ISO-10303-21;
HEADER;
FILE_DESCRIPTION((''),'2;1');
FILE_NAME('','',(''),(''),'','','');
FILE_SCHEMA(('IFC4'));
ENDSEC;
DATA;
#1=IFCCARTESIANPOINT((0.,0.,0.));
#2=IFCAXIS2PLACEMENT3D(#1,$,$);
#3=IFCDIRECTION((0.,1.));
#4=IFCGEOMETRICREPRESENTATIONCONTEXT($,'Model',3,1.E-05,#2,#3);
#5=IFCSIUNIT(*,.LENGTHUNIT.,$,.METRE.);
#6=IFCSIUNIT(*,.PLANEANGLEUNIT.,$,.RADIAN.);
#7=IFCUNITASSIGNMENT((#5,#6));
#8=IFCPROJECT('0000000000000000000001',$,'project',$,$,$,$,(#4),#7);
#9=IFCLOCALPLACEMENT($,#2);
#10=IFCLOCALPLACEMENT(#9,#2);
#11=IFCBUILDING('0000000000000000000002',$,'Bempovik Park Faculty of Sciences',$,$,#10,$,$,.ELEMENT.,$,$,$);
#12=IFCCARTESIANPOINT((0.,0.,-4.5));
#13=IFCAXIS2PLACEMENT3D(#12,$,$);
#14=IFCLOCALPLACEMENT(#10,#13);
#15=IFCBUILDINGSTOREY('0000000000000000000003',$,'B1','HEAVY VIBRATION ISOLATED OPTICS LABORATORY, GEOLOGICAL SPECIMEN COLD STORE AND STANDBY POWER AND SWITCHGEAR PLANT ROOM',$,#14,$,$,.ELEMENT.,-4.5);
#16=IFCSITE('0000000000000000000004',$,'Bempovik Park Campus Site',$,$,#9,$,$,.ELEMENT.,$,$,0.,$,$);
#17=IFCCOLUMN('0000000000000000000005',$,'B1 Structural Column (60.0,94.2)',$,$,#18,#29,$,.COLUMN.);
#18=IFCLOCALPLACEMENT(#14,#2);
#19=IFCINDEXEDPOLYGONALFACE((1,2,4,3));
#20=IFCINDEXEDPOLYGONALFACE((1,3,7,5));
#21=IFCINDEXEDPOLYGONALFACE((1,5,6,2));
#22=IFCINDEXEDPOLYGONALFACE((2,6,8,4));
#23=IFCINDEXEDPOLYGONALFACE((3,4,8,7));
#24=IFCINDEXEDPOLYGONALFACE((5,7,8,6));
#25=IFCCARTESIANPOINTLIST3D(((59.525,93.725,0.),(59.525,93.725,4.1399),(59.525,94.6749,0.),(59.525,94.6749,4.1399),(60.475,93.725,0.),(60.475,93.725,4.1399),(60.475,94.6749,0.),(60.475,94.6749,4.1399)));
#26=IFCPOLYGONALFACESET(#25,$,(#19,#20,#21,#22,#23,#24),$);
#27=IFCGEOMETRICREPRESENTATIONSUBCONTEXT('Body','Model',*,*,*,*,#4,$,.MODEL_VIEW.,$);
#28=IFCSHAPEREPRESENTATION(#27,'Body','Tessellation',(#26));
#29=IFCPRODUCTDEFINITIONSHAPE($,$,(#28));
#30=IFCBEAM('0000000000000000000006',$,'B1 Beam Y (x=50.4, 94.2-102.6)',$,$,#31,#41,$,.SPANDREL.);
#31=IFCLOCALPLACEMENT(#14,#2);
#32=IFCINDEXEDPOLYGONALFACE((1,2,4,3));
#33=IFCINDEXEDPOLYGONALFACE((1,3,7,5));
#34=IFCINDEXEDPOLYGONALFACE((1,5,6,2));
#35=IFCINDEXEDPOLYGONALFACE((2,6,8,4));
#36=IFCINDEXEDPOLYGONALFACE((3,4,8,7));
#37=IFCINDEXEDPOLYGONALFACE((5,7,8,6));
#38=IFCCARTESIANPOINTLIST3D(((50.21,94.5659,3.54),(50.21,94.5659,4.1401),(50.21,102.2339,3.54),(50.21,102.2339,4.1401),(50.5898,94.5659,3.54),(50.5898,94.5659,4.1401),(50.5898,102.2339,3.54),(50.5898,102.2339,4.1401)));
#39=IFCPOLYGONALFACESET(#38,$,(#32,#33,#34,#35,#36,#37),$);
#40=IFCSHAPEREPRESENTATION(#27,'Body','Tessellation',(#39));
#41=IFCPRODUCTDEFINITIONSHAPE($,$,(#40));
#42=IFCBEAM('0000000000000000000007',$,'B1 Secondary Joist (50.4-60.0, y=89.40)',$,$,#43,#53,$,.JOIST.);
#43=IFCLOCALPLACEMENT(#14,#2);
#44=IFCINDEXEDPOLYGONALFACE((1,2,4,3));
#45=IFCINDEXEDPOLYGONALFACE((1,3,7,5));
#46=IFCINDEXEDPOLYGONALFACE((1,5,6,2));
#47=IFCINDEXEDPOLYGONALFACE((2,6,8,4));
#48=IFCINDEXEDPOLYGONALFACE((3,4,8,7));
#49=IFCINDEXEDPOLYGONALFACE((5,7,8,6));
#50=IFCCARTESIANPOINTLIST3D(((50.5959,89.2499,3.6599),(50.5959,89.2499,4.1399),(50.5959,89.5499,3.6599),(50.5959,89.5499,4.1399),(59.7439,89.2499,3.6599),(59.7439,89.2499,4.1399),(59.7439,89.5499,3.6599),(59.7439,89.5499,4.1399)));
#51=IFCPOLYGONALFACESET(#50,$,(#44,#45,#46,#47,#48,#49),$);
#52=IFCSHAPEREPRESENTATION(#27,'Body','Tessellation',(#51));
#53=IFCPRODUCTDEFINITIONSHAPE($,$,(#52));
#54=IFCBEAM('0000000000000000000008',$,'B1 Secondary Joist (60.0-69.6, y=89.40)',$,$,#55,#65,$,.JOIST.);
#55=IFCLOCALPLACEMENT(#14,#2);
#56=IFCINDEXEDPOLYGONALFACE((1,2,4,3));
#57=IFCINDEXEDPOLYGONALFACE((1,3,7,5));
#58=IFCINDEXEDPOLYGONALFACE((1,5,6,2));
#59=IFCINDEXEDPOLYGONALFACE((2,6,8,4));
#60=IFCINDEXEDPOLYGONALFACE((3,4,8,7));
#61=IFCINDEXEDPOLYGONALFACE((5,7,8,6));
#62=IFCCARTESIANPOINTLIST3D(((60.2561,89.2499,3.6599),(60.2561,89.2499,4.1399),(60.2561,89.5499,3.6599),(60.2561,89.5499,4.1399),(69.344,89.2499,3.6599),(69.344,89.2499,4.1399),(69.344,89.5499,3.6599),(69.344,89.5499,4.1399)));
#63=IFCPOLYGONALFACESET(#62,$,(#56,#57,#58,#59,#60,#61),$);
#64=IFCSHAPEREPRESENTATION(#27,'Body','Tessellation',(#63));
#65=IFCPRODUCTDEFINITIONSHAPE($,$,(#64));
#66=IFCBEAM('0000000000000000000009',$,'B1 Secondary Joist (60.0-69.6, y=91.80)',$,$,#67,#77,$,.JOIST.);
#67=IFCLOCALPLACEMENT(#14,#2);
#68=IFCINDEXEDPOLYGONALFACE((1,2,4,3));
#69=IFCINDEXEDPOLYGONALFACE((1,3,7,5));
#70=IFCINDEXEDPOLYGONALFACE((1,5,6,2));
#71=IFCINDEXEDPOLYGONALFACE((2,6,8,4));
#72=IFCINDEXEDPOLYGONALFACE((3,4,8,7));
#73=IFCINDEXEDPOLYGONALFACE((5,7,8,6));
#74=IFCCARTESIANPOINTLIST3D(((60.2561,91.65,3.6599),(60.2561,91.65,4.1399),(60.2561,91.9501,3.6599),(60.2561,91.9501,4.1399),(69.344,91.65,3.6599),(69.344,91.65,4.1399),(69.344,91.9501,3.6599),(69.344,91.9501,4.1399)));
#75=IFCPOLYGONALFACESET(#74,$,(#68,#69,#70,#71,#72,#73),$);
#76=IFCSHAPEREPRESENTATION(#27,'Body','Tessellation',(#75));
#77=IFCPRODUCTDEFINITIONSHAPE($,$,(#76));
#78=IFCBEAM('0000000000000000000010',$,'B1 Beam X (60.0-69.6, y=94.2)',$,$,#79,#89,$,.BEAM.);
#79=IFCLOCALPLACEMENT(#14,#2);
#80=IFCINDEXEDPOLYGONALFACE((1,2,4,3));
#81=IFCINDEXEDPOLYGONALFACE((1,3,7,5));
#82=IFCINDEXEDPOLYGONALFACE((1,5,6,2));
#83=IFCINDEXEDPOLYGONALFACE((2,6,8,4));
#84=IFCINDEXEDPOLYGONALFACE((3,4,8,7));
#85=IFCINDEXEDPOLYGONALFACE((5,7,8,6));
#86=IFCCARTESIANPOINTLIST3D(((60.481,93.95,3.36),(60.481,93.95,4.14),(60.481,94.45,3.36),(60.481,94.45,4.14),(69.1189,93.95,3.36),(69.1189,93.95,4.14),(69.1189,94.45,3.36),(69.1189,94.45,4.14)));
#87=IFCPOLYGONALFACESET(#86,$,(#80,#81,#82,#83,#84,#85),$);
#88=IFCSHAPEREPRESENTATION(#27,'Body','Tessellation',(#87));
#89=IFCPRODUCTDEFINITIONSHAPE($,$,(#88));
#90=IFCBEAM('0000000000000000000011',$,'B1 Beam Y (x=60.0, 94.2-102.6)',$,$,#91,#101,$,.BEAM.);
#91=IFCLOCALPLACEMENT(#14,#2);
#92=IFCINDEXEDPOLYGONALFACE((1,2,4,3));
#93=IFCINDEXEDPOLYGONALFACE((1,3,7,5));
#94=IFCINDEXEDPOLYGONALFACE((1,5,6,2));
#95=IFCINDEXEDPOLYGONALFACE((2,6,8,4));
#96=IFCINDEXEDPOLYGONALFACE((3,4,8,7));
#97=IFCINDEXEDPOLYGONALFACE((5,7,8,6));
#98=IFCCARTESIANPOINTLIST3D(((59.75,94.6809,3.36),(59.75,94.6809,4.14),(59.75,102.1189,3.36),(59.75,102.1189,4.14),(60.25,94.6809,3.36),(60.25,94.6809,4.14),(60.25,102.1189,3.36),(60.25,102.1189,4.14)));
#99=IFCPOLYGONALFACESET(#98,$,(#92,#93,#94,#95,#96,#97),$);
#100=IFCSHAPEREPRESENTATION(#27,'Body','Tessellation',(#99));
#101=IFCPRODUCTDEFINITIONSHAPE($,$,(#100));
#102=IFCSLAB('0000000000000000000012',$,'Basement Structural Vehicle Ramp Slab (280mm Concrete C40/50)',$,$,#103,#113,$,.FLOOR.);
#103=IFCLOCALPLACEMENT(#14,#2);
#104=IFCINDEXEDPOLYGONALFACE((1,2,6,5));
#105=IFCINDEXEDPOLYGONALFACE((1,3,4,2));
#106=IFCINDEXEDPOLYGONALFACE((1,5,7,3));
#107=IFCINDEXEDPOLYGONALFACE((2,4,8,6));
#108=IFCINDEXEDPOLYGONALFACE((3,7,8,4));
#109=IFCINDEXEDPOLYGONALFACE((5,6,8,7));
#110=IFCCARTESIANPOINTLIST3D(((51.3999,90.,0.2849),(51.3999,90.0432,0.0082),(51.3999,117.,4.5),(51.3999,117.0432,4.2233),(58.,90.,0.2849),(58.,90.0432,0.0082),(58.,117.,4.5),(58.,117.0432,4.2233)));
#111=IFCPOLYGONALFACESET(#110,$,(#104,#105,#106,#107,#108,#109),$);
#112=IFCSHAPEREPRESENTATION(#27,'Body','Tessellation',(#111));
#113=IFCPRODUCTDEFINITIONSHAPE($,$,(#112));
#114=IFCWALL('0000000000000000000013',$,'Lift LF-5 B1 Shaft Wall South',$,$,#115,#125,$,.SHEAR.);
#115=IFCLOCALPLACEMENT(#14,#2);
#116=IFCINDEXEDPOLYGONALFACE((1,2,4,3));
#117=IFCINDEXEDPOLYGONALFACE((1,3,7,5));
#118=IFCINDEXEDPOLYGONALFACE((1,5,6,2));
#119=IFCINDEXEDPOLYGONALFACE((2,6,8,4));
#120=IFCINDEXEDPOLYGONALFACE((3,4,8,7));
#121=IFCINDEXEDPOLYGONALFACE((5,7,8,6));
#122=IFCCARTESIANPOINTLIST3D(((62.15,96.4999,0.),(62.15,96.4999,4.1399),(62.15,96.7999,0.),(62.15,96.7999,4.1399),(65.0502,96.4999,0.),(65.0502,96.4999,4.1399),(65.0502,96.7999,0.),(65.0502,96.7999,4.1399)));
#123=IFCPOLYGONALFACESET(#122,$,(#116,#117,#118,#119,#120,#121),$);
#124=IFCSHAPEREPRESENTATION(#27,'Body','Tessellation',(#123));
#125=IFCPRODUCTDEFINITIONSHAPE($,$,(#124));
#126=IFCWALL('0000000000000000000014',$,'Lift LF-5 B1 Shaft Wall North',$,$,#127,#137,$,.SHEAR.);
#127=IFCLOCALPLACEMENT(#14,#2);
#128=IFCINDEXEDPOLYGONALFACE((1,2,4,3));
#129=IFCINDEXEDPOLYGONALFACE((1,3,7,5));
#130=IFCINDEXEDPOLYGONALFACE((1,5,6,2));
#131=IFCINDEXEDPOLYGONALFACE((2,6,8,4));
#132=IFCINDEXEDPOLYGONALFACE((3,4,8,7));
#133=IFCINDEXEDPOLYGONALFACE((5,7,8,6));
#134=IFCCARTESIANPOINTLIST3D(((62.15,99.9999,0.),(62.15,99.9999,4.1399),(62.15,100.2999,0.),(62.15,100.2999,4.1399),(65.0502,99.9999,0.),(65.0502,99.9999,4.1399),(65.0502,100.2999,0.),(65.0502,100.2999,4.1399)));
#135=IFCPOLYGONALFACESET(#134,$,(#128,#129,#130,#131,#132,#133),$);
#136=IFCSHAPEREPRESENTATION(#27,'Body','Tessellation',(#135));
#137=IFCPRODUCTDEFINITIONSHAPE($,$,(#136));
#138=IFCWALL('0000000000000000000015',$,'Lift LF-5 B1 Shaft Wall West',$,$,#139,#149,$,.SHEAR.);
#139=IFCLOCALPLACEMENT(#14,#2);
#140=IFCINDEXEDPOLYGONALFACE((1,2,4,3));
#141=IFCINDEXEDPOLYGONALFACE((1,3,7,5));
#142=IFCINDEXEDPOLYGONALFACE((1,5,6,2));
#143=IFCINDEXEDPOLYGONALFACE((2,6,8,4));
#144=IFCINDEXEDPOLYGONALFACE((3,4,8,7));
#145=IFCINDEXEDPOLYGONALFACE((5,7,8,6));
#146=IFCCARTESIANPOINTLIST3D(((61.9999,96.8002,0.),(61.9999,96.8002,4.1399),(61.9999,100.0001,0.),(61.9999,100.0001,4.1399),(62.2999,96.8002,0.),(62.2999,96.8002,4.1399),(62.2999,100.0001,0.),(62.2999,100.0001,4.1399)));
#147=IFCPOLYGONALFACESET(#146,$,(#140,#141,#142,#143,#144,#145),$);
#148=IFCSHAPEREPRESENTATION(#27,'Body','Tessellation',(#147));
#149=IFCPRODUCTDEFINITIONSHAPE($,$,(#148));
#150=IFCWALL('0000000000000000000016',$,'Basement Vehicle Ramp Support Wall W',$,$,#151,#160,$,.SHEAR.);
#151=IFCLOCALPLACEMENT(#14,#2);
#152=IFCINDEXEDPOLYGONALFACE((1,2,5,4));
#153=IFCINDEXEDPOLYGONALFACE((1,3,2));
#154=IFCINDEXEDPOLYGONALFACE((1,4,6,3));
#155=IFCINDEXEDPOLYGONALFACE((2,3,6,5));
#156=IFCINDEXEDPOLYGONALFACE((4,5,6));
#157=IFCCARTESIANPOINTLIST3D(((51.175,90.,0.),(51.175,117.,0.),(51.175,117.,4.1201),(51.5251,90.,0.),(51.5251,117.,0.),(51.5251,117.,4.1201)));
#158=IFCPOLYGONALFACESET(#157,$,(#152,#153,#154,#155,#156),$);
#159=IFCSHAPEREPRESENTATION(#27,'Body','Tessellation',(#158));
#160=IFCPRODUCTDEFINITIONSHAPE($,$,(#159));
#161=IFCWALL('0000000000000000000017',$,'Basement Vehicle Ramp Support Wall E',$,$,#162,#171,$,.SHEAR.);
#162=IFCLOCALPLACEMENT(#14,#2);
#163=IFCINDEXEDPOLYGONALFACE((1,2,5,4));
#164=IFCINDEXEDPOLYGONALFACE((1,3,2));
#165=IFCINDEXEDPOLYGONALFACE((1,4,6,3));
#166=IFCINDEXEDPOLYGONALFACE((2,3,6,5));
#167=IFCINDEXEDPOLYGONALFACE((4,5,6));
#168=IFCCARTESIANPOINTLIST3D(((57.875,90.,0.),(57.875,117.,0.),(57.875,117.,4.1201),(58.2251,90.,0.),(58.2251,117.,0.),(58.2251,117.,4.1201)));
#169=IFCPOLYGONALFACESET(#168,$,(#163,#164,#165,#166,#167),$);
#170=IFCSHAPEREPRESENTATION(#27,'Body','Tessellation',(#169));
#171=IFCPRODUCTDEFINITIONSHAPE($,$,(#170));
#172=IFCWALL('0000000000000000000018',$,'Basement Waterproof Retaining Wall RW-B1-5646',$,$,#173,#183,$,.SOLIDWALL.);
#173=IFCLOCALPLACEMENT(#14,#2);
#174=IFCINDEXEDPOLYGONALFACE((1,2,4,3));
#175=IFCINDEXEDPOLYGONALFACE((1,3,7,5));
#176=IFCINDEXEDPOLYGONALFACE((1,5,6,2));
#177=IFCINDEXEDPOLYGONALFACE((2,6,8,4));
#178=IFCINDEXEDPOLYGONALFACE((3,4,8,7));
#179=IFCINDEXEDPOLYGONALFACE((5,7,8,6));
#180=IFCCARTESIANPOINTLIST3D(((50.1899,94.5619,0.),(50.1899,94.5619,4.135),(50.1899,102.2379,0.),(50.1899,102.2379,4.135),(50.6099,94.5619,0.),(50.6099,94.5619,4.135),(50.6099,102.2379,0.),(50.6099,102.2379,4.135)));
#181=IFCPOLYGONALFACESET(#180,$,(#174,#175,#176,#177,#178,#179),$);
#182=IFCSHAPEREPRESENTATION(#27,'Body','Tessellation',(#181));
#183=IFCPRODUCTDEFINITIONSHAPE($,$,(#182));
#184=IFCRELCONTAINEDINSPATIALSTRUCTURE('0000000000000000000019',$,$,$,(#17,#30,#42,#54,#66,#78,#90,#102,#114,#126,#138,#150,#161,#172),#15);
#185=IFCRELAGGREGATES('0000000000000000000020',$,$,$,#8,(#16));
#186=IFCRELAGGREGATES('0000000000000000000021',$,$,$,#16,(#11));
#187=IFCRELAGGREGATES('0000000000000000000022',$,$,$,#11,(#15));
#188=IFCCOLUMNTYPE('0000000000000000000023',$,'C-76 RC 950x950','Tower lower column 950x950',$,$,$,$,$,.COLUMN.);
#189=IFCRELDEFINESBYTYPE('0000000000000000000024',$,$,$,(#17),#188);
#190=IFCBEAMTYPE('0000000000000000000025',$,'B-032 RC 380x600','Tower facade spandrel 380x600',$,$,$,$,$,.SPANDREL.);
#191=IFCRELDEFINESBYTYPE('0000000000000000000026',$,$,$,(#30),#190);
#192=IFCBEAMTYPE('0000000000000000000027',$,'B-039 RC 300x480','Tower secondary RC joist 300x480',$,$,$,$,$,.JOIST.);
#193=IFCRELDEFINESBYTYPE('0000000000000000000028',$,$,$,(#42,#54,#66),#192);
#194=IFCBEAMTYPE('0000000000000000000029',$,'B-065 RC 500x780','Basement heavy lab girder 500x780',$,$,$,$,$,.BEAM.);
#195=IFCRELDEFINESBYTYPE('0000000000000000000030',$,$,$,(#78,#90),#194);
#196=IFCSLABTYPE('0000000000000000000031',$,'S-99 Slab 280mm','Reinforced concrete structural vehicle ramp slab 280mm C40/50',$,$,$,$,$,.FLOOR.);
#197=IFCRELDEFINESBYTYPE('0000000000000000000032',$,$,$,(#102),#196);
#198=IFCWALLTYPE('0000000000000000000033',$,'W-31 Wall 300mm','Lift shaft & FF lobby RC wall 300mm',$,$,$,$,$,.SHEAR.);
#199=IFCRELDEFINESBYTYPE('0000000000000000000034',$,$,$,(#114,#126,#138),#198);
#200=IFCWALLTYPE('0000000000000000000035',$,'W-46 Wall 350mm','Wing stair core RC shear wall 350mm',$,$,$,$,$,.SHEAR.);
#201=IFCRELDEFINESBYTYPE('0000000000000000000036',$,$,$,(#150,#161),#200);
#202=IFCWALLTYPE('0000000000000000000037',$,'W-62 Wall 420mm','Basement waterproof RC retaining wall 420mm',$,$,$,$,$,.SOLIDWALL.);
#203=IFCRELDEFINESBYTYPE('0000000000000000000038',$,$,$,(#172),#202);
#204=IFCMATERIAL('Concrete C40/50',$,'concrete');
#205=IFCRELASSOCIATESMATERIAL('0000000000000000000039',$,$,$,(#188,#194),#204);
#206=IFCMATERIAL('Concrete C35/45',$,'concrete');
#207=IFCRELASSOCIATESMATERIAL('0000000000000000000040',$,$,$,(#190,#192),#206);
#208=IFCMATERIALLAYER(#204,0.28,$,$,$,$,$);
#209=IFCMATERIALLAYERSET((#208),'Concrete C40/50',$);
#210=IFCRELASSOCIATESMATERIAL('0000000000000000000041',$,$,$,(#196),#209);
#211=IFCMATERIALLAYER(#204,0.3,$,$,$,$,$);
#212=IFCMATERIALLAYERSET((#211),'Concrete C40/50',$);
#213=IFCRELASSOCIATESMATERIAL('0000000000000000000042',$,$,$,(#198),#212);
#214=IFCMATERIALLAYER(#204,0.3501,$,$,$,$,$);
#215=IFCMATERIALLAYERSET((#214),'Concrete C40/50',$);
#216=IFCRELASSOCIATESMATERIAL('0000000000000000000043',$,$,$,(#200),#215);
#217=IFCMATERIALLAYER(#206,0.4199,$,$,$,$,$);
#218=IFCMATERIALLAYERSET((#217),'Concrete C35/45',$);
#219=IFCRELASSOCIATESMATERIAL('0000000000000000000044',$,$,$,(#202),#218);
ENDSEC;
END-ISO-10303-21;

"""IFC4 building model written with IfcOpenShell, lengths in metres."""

from ifc_helpers import new_model, si_unit, direction, frame, frame_2d, origin, origin_2d, place, context, subcontext, project, spatial, polyline, rectangle, outline, extrude, material, layer, layer_set, material_profile, profile_set, type_object, element, save


model = new_model("IFC4")

# Units and contexts
model_context = context("Model", 3, precision=1e-05, world=origin(), true_north=direction((0.0, 1.0)))
body_context = subcontext(model_context, "Body", "Model", "MODEL_VIEW")
ifc_project = project(units=[si_unit("LENGTHUNIT", "METRE"), si_unit("PLANEANGLEUNIT", "RADIAN")], contexts=[model_context])

# Site, building, storey
site_placement = place(None, origin())
site = spatial("IfcSite", under=ifc_project, at=site_placement, Name="Bempovik Park Campus Site", CompositionType="ELEMENT", RefElevation=0.0)
building_placement = place(site_placement, origin())
building = spatial("IfcBuilding", under=site, at=building_placement, Name="Bempovik Park Faculty of Sciences", CompositionType="ELEMENT")
storey_placement = place(building_placement, frame((0.0, 0.0, -4.5)))
storey = spatial("IfcBuildingStorey", under=building, at=storey_placement, Name="B1", Description="HEAVY VIBRATION ISOLATED OPTICS LABORATORY, GEOLOGICAL SPECIMEN COLD STORE AND STANDBY POWER AND SWITCHGEAR PLANT ROOM", CompositionType="ELEMENT", Elevation=-4.5)

# Shared definitions
ifc_material_1 = material(Name="Concrete C35/45", Category="concrete")

# Column
ifc_material_2 = material(Name="Concrete C40/50", Category="concrete")
ifc_material_profile_1 = material_profile(ifc_material_2, rectangle(XDim=0.95, YDim=0.95, at=origin_2d()), Name="RC 950x950")
ifc_profile_set_1 = profile_set([ifc_material_profile_1], Name="Concrete C40/50")
column_type_1 = type_object("IfcColumnType", Name="C-76 RC 950x950", Description="Tower lower column 950x950", PredefinedType="COLUMN", material=ifc_profile_set_1)
column_1_placement = place(storey_placement, frame((60.0, 94.2, 0.0), z_axis=(0.0, 0.0, 1.0), x_axis=(1.0, 0.0, 0.0)))
element("IfcColumn", 1, at=column_1_placement, inside=storey, type_object=column_type_1, Name="B1 Structural Column (60.0,94.2)", PredefinedType="COLUMN", context=body_context, shape_type="SweptSolid", body=[
    extrude(rectangle(XDim=0.95, YDim=0.95, at=origin_2d()), origin(), (0.0, 0.0, 1.0), 4.1399),
])

# Beams
ifc_material_profile_2 = material_profile(ifc_material_1, rectangle(XDim=0.3799, YDim=0.6001, at=origin_2d()), Name="RC 380x600")
ifc_profile_set_2 = profile_set([ifc_material_profile_2], Name="Concrete C35/45")
beam_type_1 = type_object("IfcBeamType", Name="B-032 RC 380x600", Description="Tower facade spandrel 380x600", PredefinedType="SPANDREL", material=ifc_profile_set_2)
beam_1_placement = place(storey_placement, frame((50.3999, 94.5659, 3.8401), z_axis=(0.0, 1.0, 0.0), x_axis=(-1.0, 0.0, 0.0)))
element("IfcBeam", 2, at=beam_1_placement, inside=storey, type_object=beam_type_1, Name="B1 Beam Y (x=50.4, 94.2-102.6)", PredefinedType="SPANDREL", context=body_context, shape_type="SweptSolid", body=[
    extrude(rectangle(XDim=0.3799, YDim=0.6001, at=origin_2d()), origin(), (0.0, 0.0, 1.0), 7.668),
])
ifc_material_profile_3 = material_profile(ifc_material_1, rectangle(XDim=0.3, YDim=0.48, at=origin_2d()), Name="RC 300x480")
ifc_profile_set_3 = profile_set([ifc_material_profile_3], Name="Concrete C35/45")
beam_type_2 = type_object("IfcBeamType", Name="B-039 RC 300x480", Description="Tower secondary RC joist 300x480", PredefinedType="JOIST", material=ifc_profile_set_3)
beam_2_placement = place(storey_placement, frame((50.5959, 89.3999, 3.8999), z_axis=(1.0, 0.0, 0.0), x_axis=(0.0, 1.0, 0.0)))
element("IfcBeam", 3, at=beam_2_placement, inside=storey, type_object=beam_type_2, Name="B1 Secondary Joist (50.4-60.0, y=89.40)", PredefinedType="JOIST", context=body_context, shape_type="SweptSolid", body=[
    extrude(rectangle(XDim=0.3, YDim=0.48, at=origin_2d()), origin(), (0.0, 0.0, 1.0), 9.1479),
])
for number, where, z_axis, x_axis, name in (
    (4, (60.2561, 89.3999, 3.8999), (1.0, 0.0, 0.0), (0.0, 1.0, 0.0), "B1 Secondary Joist (60.0-69.6, y=89.40)"),
    (5, (60.2561, 91.8, 3.8999), (1.0, 0.0, 0.0), (0.0, 1.0, 0.0), "B1 Secondary Joist (60.0-69.6, y=91.80)"),
):
    element("IfcBeam", number, at=place(storey_placement, frame(where, z_axis=z_axis, x_axis=x_axis)), inside=storey, type_object=beam_type_2, Name=name, PredefinedType="JOIST", context=body_context, shape_type="SweptSolid", body=[
        extrude(rectangle(XDim=0.3, YDim=0.48, at=origin_2d()), origin(), (0.0, 0.0, 1.0), 9.0879),
    ])
ifc_material_profile_4 = material_profile(ifc_material_2, rectangle(XDim=0.5, YDim=0.78, at=origin_2d()), Name="RC 500x780")
ifc_profile_set_4 = profile_set([ifc_material_profile_4], Name="Concrete C40/50")
beam_type_3 = type_object("IfcBeamType", Name="B-065 RC 500x780", Description="Basement heavy lab girder 500x780", PredefinedType="BEAM", material=ifc_profile_set_4)
beam_3_placement = place(storey_placement, frame((60.481, 94.2, 3.75), z_axis=(1.0, 0.0, 0.0), x_axis=(0.0, 1.0, 0.0)))
element("IfcBeam", 6, at=beam_3_placement, inside=storey, type_object=beam_type_3, Name="B1 Beam X (60.0-69.6, y=94.2)", PredefinedType="BEAM", context=body_context, shape_type="SweptSolid", body=[
    extrude(rectangle(XDim=0.5, YDim=0.78, at=origin_2d()), origin(), (0.0, 0.0, 1.0), 8.6379),
])
beam_4_placement = place(storey_placement, frame((60.0, 94.6809, 3.75), z_axis=(0.0, 1.0, 0.0), x_axis=(-1.0, 0.0, 0.0)))
element("IfcBeam", 7, at=beam_4_placement, inside=storey, type_object=beam_type_3, Name="B1 Beam Y (x=60.0, 94.2-102.6)", PredefinedType="BEAM", context=body_context, shape_type="SweptSolid", body=[
    extrude(rectangle(XDim=0.5, YDim=0.78, at=origin_2d()), origin(), (0.0, 0.0, 1.0), 7.438),
])

# Slab
ifc_layer_1 = layer(ifc_material_2, 0.28)
ifc_layer_set_1 = layer_set([ifc_layer_1], Name="Concrete C40/50")
slab_type = type_object("IfcSlabType", Name="S-99 Slab 280mm", Description="Reinforced concrete structural vehicle ramp slab 280mm C40/50", PredefinedType="FLOOR", material=ifc_layer_set_1)
slab_placement = place(storey_placement, frame((51.3999, 90.0, 0.2849), z_axis=(0.0, -0.154246, 0.988032), x_axis=(1.0, 0.0, 0.0)))
element("IfcSlab", 8, at=slab_placement, inside=storey, type_object=slab_type, Name="Basement Structural Vehicle Ramp Slab (280mm Concrete C40/50)", PredefinedType="FLOOR", context=body_context, shape_type="SweptSolid", body=[
    extrude(outline(polyline([(0.0, 0.0), (6.6001, 0.0), (6.6001, 27.327), (0.0, 27.327), (0.0, 0.0)])), origin(), (0.0, 0.0, -1.0), 0.28),
])

# Walls
ifc_layer_2 = layer(ifc_material_2, 0.3)
ifc_layer_set_2 = layer_set([ifc_layer_2], Name="Concrete C40/50")
wall_type_1 = type_object("IfcWallType", Name="W-31 Wall 300mm", Description="Lift shaft & FF lobby RC wall 300mm", PredefinedType="SHEAR", material=ifc_layer_set_2)
for number, where, z_axis, x_axis, name in (
    (9, (62.1499, 96.6499, 0.0), (0.0, 0.0, 1.0), (1.0, 0.0, 0.0), "Lift LF-5 B1 Shaft Wall South"),
    (10, (62.1499, 100.1499, 0.0), (0.0, 0.0, 1.0), (1.0, 0.0, 0.0), "Lift LF-5 B1 Shaft Wall North"),
):
    element("IfcWall", number, at=place(storey_placement, frame(where, z_axis=z_axis, x_axis=x_axis)), inside=storey, type_object=wall_type_1, Name=name, PredefinedType="SHEAR", context=body_context, shape_type="SweptSolid", body=[
        extrude(rectangle(XDim=2.9001, YDim=0.3, at=frame_2d((1.4502, 0.0))), origin(), (0.0, 0.0, 1.0), 4.1399),
    ])
wall_1_placement = place(storey_placement, frame((62.1499, 96.8, 0.0), z_axis=(0.0, 0.0, 1.0), x_axis=(0.0, 1.0, 0.0)))
element("IfcWall", 11, at=wall_1_placement, inside=storey, type_object=wall_type_1, Name="Lift LF-5 B1 Shaft Wall West", PredefinedType="SHEAR", context=body_context, shape_type="SweptSolid", body=[
    extrude(rectangle(XDim=3.2, YDim=0.3, at=frame_2d((1.6001, 0.0))), origin(), (0.0, 0.0, 1.0), 4.1399),
])
ifc_layer_3 = layer(ifc_material_2, 0.3501)
ifc_layer_set_3 = layer_set([ifc_layer_3], Name="Concrete C40/50")
wall_type_2 = type_object("IfcWallType", Name="W-46 Wall 350mm", Description="Wing stair core RC shear wall 350mm", PredefinedType="SHEAR", material=ifc_layer_set_3)
for number, where, z_axis, x_axis, name in (
    (12, (51.3501, 90.0, 0.0), (0.0, 0.0, 1.0), (0.0, 1.0, 0.0), "Basement Vehicle Ramp Support Wall W"),
    (13, (58.05, 90.0, 0.0), (0.0, 0.0, 1.0), (0.0, 1.0, 0.0), "Basement Vehicle Ramp Support Wall E"),
):
    element("IfcWall", number, at=place(storey_placement, frame(where, z_axis=z_axis, x_axis=x_axis)), inside=storey, type_object=wall_type_2, Name=name, PredefinedType="SHEAR", context=body_context, shape_type="SweptSolid", body=[
        extrude(outline(polyline([(0.0, 0.0), (27.0, 0.0), (27.0, 4.1201), (0.0, 0.0), (0.0, 0.0)])), frame((0.0, 0.175, 0.0), z_axis=(0.0, -1.0, 0.0), x_axis=(1.0, 0.0, 0.0)), (0.0, 0.0, 1.0), 0.3501),
    ])
ifc_layer_4 = layer(ifc_material_1, 0.4199)
ifc_layer_set_4 = layer_set([ifc_layer_4], Name="Concrete C35/45")
wall_type_3 = type_object("IfcWallType", Name="W-62 Wall 420mm", Description="Basement waterproof RC retaining wall 420mm", PredefinedType="SOLIDWALL", material=ifc_layer_set_4)
wall_2_placement = place(storey_placement, frame((50.3999, 94.562, 0.0), z_axis=(0.0, 0.0, 1.0), x_axis=(0.0, 1.0, 0.0)))
element("IfcWall", 14, at=wall_2_placement, inside=storey, type_object=wall_type_3, Name="Basement Waterproof Retaining Wall RW-B1-5646", PredefinedType="SOLIDWALL", context=body_context, shape_type="SweptSolid", body=[
    extrude(rectangle(XDim=7.676, YDim=0.4199, at=frame_2d((3.8379, 0.0))), origin(), (0.0, 0.0, 1.0), 4.135),
])

save(model, "model.ifc")
